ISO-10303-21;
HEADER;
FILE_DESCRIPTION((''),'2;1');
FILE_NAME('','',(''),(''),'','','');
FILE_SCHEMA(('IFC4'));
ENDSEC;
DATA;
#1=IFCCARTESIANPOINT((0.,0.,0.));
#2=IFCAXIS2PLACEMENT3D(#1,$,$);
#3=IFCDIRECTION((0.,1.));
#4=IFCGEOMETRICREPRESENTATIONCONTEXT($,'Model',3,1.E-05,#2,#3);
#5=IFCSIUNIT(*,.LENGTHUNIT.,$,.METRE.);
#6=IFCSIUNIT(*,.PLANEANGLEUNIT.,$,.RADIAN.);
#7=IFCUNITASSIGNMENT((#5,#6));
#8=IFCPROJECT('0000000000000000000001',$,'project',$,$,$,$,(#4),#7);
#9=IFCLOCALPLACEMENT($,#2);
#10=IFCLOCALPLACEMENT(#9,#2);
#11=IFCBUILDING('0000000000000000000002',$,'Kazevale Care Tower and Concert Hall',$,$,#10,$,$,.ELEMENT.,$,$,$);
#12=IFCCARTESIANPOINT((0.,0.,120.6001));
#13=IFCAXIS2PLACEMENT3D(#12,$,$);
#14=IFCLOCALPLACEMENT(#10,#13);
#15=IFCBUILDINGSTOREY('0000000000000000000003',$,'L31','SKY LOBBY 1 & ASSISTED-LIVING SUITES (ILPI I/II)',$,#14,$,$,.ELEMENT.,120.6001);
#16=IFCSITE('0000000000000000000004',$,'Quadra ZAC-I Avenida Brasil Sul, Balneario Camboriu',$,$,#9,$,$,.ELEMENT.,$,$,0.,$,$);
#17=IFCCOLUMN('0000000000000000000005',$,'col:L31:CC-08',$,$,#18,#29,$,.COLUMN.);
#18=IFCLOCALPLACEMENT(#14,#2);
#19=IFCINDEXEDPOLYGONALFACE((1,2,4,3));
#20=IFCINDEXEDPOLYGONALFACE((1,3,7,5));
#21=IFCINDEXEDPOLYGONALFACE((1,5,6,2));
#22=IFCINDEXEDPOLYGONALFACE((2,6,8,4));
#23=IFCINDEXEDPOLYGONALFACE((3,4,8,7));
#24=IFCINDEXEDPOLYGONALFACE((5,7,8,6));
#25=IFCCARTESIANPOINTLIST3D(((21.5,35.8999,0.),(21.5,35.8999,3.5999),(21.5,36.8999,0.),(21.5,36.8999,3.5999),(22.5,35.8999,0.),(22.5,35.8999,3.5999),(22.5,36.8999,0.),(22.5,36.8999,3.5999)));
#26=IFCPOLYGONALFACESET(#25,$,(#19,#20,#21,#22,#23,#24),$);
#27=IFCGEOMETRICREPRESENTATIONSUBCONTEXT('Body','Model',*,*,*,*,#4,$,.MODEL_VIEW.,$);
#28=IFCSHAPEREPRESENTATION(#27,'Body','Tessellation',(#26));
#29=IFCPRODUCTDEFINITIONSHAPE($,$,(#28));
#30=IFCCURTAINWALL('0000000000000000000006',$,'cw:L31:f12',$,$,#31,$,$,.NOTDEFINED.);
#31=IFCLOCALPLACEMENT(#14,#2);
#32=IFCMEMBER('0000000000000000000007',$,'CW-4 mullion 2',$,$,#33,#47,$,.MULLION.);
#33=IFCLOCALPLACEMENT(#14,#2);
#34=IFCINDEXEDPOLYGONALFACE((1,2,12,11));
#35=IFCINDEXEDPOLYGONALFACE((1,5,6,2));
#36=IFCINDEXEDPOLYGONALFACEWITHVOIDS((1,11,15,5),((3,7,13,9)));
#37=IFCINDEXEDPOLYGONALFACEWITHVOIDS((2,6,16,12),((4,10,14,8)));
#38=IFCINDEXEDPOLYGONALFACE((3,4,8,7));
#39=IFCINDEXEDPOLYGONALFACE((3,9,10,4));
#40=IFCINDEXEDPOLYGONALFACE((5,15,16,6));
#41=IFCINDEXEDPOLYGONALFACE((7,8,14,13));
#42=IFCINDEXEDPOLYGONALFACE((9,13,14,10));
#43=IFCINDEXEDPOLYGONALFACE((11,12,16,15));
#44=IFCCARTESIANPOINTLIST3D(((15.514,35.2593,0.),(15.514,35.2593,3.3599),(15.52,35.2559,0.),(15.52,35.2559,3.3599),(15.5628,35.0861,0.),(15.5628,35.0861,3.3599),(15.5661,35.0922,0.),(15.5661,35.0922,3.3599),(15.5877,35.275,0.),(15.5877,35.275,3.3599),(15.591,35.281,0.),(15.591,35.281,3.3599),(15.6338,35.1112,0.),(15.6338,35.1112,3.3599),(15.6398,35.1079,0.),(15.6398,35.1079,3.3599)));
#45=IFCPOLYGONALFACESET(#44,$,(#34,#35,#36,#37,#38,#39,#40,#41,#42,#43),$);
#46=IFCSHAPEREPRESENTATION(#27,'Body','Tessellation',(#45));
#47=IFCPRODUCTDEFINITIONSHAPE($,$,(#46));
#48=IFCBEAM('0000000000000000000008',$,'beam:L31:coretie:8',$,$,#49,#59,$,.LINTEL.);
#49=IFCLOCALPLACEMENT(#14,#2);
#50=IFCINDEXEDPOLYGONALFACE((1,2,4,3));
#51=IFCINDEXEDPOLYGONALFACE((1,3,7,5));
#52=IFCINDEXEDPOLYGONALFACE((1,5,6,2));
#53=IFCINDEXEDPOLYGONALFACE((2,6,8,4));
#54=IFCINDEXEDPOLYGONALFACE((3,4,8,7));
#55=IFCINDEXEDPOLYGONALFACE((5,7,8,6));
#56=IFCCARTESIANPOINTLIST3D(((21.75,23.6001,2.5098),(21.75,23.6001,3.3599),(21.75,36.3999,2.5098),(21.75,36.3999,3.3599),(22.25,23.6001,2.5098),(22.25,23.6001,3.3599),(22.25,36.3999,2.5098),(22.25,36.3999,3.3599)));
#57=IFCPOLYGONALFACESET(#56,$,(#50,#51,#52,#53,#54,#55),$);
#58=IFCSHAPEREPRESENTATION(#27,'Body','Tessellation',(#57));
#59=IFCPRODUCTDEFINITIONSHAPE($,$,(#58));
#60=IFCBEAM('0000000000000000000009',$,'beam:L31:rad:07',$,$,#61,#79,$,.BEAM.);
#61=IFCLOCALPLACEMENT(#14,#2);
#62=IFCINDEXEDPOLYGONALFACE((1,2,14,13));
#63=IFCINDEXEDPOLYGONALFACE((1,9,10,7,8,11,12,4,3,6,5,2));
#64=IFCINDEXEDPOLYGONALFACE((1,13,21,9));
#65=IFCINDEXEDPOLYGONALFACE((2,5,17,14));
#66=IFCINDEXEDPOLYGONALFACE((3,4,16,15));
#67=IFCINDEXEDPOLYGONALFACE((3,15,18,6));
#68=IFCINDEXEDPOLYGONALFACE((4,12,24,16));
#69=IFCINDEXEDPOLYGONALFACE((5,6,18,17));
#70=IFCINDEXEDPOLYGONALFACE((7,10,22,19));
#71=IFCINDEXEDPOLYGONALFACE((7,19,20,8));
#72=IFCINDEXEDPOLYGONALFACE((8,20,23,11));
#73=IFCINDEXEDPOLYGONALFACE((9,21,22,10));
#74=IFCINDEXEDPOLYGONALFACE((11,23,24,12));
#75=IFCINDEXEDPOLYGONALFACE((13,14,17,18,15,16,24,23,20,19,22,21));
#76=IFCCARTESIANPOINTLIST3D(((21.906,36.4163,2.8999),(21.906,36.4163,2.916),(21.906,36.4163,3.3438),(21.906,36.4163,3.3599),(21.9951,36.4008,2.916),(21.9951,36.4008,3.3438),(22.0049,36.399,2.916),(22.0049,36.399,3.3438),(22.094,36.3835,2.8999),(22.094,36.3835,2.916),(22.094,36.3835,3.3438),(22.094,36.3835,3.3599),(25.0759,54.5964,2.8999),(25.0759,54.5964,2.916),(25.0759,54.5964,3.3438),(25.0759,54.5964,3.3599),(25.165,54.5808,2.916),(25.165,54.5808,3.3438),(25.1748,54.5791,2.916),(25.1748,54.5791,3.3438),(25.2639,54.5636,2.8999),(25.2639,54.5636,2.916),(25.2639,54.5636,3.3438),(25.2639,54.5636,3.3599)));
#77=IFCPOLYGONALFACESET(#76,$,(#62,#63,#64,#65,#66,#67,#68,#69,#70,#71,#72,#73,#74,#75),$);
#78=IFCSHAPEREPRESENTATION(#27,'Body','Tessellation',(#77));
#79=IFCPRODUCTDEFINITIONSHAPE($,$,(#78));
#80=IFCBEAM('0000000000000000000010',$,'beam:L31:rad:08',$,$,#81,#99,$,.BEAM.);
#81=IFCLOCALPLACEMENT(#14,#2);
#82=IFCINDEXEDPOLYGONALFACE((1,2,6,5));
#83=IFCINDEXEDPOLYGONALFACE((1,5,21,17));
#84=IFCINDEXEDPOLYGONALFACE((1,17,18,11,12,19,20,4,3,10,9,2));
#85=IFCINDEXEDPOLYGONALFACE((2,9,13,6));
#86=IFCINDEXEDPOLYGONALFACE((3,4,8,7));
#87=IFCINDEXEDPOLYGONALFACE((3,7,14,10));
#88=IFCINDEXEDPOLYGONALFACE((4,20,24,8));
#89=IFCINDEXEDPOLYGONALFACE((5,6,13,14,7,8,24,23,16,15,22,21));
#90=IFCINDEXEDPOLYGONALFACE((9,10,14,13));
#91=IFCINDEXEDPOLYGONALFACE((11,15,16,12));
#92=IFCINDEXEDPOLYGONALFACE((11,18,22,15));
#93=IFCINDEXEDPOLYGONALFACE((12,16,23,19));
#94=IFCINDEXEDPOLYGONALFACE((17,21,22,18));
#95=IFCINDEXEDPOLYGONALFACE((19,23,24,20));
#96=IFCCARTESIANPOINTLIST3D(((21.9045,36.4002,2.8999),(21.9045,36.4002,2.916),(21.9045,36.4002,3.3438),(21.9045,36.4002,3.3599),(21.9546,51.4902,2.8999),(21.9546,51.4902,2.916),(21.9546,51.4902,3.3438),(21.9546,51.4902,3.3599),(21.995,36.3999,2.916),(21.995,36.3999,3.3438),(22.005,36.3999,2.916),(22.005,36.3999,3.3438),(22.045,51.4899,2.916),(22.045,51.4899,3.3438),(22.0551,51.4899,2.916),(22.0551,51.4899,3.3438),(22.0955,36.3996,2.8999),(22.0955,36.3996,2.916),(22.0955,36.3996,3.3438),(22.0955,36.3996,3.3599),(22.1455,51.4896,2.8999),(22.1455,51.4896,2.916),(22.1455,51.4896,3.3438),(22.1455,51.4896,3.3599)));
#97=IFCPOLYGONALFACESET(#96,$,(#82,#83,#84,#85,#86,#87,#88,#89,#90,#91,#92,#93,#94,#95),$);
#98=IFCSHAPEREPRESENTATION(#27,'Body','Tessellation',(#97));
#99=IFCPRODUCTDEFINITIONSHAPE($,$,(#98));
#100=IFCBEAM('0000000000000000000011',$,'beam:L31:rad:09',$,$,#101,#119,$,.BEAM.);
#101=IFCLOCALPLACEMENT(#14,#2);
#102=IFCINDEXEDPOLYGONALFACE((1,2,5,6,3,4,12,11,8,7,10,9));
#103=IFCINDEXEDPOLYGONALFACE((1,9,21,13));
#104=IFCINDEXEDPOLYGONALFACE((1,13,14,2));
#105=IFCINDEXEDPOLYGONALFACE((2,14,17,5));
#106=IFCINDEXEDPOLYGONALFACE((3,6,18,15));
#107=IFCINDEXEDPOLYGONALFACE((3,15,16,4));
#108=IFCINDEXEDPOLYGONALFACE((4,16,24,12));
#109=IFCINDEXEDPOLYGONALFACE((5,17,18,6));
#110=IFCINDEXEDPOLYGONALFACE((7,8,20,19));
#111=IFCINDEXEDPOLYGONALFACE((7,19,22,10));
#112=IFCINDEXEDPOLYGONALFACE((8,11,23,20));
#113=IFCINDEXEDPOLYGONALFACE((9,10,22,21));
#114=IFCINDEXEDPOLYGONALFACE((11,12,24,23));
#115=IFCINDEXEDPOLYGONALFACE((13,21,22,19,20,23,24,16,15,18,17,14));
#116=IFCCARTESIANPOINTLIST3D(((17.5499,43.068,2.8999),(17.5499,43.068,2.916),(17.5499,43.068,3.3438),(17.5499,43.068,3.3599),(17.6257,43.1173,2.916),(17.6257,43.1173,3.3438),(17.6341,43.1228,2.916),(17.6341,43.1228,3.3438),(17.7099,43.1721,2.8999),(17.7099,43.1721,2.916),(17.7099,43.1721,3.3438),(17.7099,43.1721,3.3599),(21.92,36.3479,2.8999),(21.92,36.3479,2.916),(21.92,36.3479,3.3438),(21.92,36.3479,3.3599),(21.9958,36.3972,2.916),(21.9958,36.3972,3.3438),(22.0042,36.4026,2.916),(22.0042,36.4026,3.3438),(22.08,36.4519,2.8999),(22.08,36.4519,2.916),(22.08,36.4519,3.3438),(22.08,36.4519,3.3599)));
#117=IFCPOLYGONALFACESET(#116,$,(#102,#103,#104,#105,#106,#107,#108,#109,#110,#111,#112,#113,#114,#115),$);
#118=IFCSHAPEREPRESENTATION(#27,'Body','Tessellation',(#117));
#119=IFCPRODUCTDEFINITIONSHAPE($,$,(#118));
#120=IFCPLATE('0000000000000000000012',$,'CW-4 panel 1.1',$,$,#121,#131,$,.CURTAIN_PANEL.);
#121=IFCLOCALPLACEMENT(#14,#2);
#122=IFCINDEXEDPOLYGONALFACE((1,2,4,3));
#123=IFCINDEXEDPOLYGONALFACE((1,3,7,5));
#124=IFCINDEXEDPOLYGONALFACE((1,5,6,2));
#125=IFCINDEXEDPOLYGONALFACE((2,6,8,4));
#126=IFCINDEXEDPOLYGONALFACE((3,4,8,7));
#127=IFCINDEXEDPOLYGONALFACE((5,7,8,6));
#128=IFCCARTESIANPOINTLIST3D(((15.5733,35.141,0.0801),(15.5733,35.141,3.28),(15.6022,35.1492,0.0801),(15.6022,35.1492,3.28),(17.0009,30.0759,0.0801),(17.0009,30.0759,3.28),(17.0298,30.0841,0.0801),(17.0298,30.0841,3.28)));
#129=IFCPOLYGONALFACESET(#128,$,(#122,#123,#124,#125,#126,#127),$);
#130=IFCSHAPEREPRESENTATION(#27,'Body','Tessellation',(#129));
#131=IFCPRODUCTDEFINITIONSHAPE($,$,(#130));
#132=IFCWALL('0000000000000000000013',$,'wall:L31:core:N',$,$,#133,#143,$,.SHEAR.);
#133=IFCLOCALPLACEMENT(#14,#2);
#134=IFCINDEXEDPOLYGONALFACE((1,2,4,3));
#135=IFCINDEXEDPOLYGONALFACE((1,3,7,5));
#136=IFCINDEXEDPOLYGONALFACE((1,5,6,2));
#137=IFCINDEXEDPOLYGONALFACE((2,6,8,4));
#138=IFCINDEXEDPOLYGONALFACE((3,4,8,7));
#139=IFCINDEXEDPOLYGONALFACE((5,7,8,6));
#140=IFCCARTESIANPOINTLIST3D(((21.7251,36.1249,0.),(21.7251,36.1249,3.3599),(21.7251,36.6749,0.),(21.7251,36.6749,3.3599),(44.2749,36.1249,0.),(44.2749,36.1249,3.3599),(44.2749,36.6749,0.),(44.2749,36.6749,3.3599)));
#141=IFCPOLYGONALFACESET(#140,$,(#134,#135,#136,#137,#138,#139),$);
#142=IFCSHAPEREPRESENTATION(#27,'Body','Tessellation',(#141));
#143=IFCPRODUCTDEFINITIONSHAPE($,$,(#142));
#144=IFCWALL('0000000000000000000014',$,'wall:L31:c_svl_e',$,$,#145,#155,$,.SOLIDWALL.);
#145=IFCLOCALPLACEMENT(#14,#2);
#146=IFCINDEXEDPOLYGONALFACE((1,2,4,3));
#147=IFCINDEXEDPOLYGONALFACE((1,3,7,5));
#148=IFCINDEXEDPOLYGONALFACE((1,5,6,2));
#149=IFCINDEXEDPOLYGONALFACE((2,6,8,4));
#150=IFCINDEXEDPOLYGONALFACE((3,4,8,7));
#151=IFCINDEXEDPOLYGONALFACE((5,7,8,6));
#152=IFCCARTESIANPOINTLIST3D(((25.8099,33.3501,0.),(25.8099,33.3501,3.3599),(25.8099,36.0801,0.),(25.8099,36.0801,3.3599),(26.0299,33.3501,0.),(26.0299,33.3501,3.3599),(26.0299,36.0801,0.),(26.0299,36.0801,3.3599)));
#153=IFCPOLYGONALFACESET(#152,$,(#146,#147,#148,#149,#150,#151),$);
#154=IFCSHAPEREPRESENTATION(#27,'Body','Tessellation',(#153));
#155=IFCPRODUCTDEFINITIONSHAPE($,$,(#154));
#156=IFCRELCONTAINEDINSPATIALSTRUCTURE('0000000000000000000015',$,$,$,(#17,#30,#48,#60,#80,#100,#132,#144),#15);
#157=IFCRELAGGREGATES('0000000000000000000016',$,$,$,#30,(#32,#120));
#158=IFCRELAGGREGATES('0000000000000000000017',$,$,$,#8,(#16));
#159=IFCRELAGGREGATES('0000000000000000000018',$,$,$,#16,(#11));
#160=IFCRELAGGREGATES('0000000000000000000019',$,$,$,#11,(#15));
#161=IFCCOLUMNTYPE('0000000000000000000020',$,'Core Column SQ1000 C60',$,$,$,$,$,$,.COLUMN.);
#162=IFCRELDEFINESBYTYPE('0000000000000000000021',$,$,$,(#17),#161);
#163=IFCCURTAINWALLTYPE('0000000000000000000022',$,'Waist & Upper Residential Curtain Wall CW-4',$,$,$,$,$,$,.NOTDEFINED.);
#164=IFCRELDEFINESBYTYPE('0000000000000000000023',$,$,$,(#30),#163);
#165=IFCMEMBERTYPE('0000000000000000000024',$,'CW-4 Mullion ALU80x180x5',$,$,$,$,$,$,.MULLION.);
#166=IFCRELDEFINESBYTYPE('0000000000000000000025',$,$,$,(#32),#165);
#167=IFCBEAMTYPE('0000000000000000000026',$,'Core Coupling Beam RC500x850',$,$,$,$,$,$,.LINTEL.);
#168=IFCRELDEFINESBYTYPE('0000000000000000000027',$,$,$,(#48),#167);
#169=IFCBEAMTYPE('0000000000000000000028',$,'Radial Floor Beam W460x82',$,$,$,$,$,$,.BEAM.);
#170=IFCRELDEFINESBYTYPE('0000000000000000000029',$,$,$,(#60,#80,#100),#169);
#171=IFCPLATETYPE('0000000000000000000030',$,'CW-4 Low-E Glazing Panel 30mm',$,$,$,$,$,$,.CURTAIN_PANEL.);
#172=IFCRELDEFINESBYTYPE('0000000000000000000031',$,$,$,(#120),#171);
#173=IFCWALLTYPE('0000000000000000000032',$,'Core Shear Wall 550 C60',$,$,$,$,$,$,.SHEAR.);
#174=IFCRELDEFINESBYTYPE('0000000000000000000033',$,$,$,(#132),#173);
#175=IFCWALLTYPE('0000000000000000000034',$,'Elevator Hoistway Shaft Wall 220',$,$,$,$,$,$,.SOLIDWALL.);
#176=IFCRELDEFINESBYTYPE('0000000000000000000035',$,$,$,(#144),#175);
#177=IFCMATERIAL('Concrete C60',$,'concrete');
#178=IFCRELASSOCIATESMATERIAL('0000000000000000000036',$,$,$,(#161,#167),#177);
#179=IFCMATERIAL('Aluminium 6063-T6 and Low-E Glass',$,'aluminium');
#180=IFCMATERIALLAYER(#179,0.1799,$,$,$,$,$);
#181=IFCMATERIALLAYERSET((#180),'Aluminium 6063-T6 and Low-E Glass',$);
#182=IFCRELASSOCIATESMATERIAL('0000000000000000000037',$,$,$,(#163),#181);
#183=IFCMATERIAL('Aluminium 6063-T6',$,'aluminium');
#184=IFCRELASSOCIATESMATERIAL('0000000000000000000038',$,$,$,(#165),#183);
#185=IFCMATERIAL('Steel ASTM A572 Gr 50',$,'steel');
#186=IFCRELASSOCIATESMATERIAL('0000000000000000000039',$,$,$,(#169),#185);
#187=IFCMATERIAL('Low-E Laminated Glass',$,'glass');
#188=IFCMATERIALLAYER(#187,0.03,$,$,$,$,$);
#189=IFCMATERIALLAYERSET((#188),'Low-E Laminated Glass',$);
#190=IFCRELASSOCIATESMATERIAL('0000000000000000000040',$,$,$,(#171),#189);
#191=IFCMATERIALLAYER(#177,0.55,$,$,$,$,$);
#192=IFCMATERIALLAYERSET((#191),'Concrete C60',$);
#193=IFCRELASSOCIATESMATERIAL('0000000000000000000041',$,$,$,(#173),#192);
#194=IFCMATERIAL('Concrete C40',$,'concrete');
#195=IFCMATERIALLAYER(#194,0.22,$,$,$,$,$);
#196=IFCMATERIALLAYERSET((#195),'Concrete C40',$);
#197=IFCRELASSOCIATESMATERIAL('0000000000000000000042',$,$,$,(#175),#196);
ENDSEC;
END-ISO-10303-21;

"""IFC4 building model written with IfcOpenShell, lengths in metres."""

from ifc_helpers import new_model, si_unit, direction, frame, frame_2d, origin, origin_2d, place, context, subcontext, project, spatial, rectangle, hollow_rectangle, i_section, extrude, material, layer, layer_set, material_profile, profile_set, type_object, element, aggregate, save


model = new_model("IFC4")

# Units and contexts
model_context = context("Model", 3, precision=1e-05, world=origin(), true_north=direction((0.0, 1.0)))
body_context = subcontext(model_context, "Body", "Model", "MODEL_VIEW")
ifc_project = project(units=[si_unit("LENGTHUNIT", "METRE"), si_unit("PLANEANGLEUNIT", "RADIAN")], contexts=[model_context])

# Site, building, storey
site_placement = place(None, origin())
site = spatial("IfcSite", under=ifc_project, at=site_placement, Name="Quadra ZAC-I Avenida Brasil Sul, Balneario Camboriu", CompositionType="ELEMENT", RefElevation=0.0)
building_placement = place(site_placement, origin())
building = spatial("IfcBuilding", under=site, at=building_placement, Name="Kazevale Care Tower and Concert Hall", CompositionType="ELEMENT")
storey_placement = place(building_placement, frame((0.0, 0.0, 120.6001)))
storey = spatial("IfcBuildingStorey", under=building, at=storey_placement, Name="L31", Description="SKY LOBBY 1 & ASSISTED-LIVING SUITES (ILPI I/II)", CompositionType="ELEMENT", Elevation=120.6001)

# Column
ifc_material_1 = material(Name="Concrete C60", Category="concrete")
ifc_material_profile_1 = material_profile(ifc_material_1, rectangle(XDim=1.0, YDim=1.0, at=origin_2d()), Name="RC-SQ1000")
ifc_profile_set_1 = profile_set([ifc_material_profile_1], Name="Concrete C60")
column_type = type_object("IfcColumnType", Name="Core Column SQ1000 C60", PredefinedType="COLUMN", material=ifc_profile_set_1)
column_placement = place(storey_placement, frame((22.0, 36.3999, 0.0), z_axis=(0.0, 0.0, 1.0), x_axis=(1.0, 0.0, 0.0)))
element("IfcColumn", 1, at=column_placement, inside=storey, type_object=column_type, Name="col:L31:CC-08", PredefinedType="COLUMN", context=body_context, shape_type="SweptSolid", body=[
    extrude(rectangle(XDim=1.0, YDim=1.0, at=origin_2d()), origin(), (0.0, 0.0, 1.0), 3.5999),
])

# Curtain wall, member
ifc_material_2 = material(Name="Aluminium 6063-T6 and Low-E Glass", Category="aluminium")
ifc_layer_1 = layer(ifc_material_2, 0.1799)
ifc_layer_set_1 = layer_set([ifc_layer_1], Name="Aluminium 6063-T6 and Low-E Glass")
curtain_wall_type = type_object("IfcCurtainWallType", Name="Waist & Upper Residential Curtain Wall CW-4", PredefinedType="NOTDEFINED", material=ifc_layer_set_1)
curtain_wall_placement = place(storey_placement, origin())
curtain_wall = element("IfcCurtainWall", 2, at=curtain_wall_placement, inside=storey, type_object=curtain_wall_type, Name="cw:L31:f12", PredefinedType="NOTDEFINED")
ifc_material_3 = material(Name="Aluminium 6063-T6", Category="aluminium")
ifc_material_profile_2 = material_profile(ifc_material_3, hollow_rectangle(XDim=0.0801, YDim=0.1799, WallThickness=0.0049, at=origin_2d()), Name="ALU80x180x5")
ifc_profile_set_2 = profile_set([ifc_material_profile_2], Name="Aluminium 6063-T6")
member_type = type_object("IfcMemberType", Name="CW-4 Mullion ALU80x180x5", PredefinedType="MULLION", material=ifc_profile_set_2)
member_placement = place(storey_placement, frame((15.5769, 35.1836, 0.0), z_axis=(0.0, 0.0, 1.0), x_axis=(-0.962499, -0.271285, 0.0)))
member = element("IfcMember", 3, at=member_placement, type_object=member_type, Name="CW-4 mullion 2", PredefinedType="MULLION", context=body_context, shape_type="SweptSolid", body=[
    extrude(hollow_rectangle(XDim=0.0801, YDim=0.1799, WallThickness=0.0049, at=origin_2d()), origin(), (0.0, 0.0, 1.0), 3.3599),
])

# Beams
ifc_material_profile_3 = material_profile(ifc_material_1, rectangle(XDim=0.5, YDim=0.8501, at=origin_2d()), Name="RC-B500x850")
ifc_profile_set_3 = profile_set([ifc_material_profile_3], Name="Concrete C60")
beam_type_1 = type_object("IfcBeamType", Name="Core Coupling Beam RC500x850", PredefinedType="LINTEL", material=ifc_profile_set_3)
beam_1_placement = place(storey_placement, frame((22.0, 36.3999, 2.9348), z_axis=(0.0, -1.0, 0.0), x_axis=(1.0, 0.0, 0.0)))
element("IfcBeam", 4, at=beam_1_placement, inside=storey, type_object=beam_type_1, Name="beam:L31:coretie:8", PredefinedType="LINTEL", context=body_context, shape_type="SweptSolid", body=[
    extrude(rectangle(XDim=0.5, YDim=0.8501, at=origin_2d()), origin(), (0.0, 0.0, 1.0), 12.7998),
])
ifc_material_4 = material(Name="Steel ASTM A572 Gr 50", Category="steel")
ifc_material_profile_4 = material_profile(ifc_material_4, i_section(OverallWidth=0.1909, OverallDepth=0.46, WebThickness=0.01, FlangeThickness=0.0161, at=origin_2d()), Name="W460x82")
ifc_profile_set_4 = profile_set([ifc_material_profile_4], Name="Steel ASTM A572 Gr 50")
beam_type_2 = type_object("IfcBeamType", Name="Radial Floor Beam W460x82", PredefinedType="BEAM", material=ifc_profile_set_4)
beam_2_placement = place(storey_placement, frame((22.0, 36.3999, 3.1299), z_axis=(0.17177, 0.985137, 0.0), x_axis=(-0.985137, 0.17177, 0.0)))
element("IfcBeam", 5, at=beam_2_placement, inside=storey, type_object=beam_type_2, Name="beam:L31:rad:07", PredefinedType="BEAM", context=body_context, shape_type="SweptSolid", body=[
    extrude(i_section(OverallWidth=0.1909, OverallDepth=0.46, WebThickness=0.01, FlangeThickness=0.0161, at=origin_2d()), origin(), (0.0, 0.0, 1.0), 18.4543),
])
beam_3_placement = place(storey_placement, frame((22.0, 36.3999, 3.1299), z_axis=(0.003317, 0.999994, 0.0), x_axis=(-0.999994, 0.003317, 0.0)))
element("IfcBeam", 6, at=beam_3_placement, inside=storey, type_object=beam_type_2, Name="beam:L31:rad:08", PredefinedType="BEAM", context=body_context, shape_type="SweptSolid", body=[
    extrude(i_section(OverallWidth=0.1909, OverallDepth=0.46, WebThickness=0.01, FlangeThickness=0.0161, at=origin_2d()), origin(), (0.0, 0.0, 1.0), 15.0901),
])
beam_4_placement = place(storey_placement, frame((22.0, 36.3999, 3.1299), z_axis=(-0.545162, 0.838331, 0.0), x_axis=(-0.838331, -0.545162, 0.0)))
element("IfcBeam", 7, at=beam_4_placement, inside=storey, type_object=beam_type_2, Name="beam:L31:rad:09", PredefinedType="BEAM", context=body_context, shape_type="SweptSolid", body=[
    extrude(i_section(OverallWidth=0.1909, OverallDepth=0.46, WebThickness=0.01, FlangeThickness=0.0161, at=origin_2d()), origin(), (0.0, 0.0, 1.0), 8.0161),
])

# Plate
ifc_material_5 = material(Name="Low-E Laminated Glass", Category="glass")
ifc_layer_2 = layer(ifc_material_5, 0.03)
ifc_layer_set_2 = layer_set([ifc_layer_2], Name="Low-E Laminated Glass")
plate_type = type_object("IfcPlateType", Name="CW-4 Low-E Glazing Panel 30mm", PredefinedType="CURTAIN_PANEL", material=ifc_layer_set_2)
plate_placement = place(storey_placement, frame((16.3015, 32.6125, 0.0801), z_axis=(0.0, 0.0, 1.0), x_axis=(-0.271285, 0.962499, 0.0)))
plate = element("IfcPlate", 8, at=plate_placement, type_object=plate_type, Name="CW-4 panel 1.1", PredefinedType="CURTAIN_PANEL", context=body_context, shape_type="SweptSolid", body=[
    extrude(rectangle(XDim=5.2625, YDim=0.03, at=origin_2d()), origin(), (0.0, 0.0, 1.0), 3.2),
])
aggregate(curtain_wall, [member, plate])

# Walls
ifc_layer_3 = layer(ifc_material_1, 0.55)
ifc_layer_set_3 = layer_set([ifc_layer_3], Name="Concrete C60")
wall_type_1 = type_object("IfcWallType", Name="Core Shear Wall 550 C60", PredefinedType="SHEAR", material=ifc_layer_set_3)
wall_1_placement = place(storey_placement, frame((21.7251, 36.3999, 0.0), z_axis=(0.0, 0.0, 1.0), x_axis=(1.0, 0.0, 0.0)))
element("IfcWall", 9, at=wall_1_placement, inside=storey, type_object=wall_type_1, Name="wall:L31:core:N", PredefinedType="SHEAR", context=body_context, shape_type="SweptSolid", body=[
    extrude(rectangle(XDim=22.5498, YDim=0.55, at=frame_2d((11.2749, 0.0))), origin(), (0.0, 0.0, 1.0), 3.3599),
])
ifc_material_6 = material(Name="Concrete C40", Category="concrete")
ifc_layer_4 = layer(ifc_material_6, 0.22)
ifc_layer_set_4 = layer_set([ifc_layer_4], Name="Concrete C40")
wall_type_2 = type_object("IfcWallType", Name="Elevator Hoistway Shaft Wall 220", PredefinedType="SOLIDWALL", material=ifc_layer_set_4)
wall_2_placement = place(storey_placement, frame((25.9199, 33.3501, 0.0), z_axis=(0.0, 0.0, 1.0), x_axis=(0.0, 1.0, 0.0)))
element("IfcWall", 10, at=wall_2_placement, inside=storey, type_object=wall_type_2, Name="wall:L31:c_svl_e", PredefinedType="SOLIDWALL", context=body_context, shape_type="SweptSolid", body=[
    extrude(rectangle(XDim=2.73, YDim=0.22, at=frame_2d((1.365, 0.0))), origin(), (0.0, 0.0, 1.0), 3.3599),
])

save(model, "model.ifc")
